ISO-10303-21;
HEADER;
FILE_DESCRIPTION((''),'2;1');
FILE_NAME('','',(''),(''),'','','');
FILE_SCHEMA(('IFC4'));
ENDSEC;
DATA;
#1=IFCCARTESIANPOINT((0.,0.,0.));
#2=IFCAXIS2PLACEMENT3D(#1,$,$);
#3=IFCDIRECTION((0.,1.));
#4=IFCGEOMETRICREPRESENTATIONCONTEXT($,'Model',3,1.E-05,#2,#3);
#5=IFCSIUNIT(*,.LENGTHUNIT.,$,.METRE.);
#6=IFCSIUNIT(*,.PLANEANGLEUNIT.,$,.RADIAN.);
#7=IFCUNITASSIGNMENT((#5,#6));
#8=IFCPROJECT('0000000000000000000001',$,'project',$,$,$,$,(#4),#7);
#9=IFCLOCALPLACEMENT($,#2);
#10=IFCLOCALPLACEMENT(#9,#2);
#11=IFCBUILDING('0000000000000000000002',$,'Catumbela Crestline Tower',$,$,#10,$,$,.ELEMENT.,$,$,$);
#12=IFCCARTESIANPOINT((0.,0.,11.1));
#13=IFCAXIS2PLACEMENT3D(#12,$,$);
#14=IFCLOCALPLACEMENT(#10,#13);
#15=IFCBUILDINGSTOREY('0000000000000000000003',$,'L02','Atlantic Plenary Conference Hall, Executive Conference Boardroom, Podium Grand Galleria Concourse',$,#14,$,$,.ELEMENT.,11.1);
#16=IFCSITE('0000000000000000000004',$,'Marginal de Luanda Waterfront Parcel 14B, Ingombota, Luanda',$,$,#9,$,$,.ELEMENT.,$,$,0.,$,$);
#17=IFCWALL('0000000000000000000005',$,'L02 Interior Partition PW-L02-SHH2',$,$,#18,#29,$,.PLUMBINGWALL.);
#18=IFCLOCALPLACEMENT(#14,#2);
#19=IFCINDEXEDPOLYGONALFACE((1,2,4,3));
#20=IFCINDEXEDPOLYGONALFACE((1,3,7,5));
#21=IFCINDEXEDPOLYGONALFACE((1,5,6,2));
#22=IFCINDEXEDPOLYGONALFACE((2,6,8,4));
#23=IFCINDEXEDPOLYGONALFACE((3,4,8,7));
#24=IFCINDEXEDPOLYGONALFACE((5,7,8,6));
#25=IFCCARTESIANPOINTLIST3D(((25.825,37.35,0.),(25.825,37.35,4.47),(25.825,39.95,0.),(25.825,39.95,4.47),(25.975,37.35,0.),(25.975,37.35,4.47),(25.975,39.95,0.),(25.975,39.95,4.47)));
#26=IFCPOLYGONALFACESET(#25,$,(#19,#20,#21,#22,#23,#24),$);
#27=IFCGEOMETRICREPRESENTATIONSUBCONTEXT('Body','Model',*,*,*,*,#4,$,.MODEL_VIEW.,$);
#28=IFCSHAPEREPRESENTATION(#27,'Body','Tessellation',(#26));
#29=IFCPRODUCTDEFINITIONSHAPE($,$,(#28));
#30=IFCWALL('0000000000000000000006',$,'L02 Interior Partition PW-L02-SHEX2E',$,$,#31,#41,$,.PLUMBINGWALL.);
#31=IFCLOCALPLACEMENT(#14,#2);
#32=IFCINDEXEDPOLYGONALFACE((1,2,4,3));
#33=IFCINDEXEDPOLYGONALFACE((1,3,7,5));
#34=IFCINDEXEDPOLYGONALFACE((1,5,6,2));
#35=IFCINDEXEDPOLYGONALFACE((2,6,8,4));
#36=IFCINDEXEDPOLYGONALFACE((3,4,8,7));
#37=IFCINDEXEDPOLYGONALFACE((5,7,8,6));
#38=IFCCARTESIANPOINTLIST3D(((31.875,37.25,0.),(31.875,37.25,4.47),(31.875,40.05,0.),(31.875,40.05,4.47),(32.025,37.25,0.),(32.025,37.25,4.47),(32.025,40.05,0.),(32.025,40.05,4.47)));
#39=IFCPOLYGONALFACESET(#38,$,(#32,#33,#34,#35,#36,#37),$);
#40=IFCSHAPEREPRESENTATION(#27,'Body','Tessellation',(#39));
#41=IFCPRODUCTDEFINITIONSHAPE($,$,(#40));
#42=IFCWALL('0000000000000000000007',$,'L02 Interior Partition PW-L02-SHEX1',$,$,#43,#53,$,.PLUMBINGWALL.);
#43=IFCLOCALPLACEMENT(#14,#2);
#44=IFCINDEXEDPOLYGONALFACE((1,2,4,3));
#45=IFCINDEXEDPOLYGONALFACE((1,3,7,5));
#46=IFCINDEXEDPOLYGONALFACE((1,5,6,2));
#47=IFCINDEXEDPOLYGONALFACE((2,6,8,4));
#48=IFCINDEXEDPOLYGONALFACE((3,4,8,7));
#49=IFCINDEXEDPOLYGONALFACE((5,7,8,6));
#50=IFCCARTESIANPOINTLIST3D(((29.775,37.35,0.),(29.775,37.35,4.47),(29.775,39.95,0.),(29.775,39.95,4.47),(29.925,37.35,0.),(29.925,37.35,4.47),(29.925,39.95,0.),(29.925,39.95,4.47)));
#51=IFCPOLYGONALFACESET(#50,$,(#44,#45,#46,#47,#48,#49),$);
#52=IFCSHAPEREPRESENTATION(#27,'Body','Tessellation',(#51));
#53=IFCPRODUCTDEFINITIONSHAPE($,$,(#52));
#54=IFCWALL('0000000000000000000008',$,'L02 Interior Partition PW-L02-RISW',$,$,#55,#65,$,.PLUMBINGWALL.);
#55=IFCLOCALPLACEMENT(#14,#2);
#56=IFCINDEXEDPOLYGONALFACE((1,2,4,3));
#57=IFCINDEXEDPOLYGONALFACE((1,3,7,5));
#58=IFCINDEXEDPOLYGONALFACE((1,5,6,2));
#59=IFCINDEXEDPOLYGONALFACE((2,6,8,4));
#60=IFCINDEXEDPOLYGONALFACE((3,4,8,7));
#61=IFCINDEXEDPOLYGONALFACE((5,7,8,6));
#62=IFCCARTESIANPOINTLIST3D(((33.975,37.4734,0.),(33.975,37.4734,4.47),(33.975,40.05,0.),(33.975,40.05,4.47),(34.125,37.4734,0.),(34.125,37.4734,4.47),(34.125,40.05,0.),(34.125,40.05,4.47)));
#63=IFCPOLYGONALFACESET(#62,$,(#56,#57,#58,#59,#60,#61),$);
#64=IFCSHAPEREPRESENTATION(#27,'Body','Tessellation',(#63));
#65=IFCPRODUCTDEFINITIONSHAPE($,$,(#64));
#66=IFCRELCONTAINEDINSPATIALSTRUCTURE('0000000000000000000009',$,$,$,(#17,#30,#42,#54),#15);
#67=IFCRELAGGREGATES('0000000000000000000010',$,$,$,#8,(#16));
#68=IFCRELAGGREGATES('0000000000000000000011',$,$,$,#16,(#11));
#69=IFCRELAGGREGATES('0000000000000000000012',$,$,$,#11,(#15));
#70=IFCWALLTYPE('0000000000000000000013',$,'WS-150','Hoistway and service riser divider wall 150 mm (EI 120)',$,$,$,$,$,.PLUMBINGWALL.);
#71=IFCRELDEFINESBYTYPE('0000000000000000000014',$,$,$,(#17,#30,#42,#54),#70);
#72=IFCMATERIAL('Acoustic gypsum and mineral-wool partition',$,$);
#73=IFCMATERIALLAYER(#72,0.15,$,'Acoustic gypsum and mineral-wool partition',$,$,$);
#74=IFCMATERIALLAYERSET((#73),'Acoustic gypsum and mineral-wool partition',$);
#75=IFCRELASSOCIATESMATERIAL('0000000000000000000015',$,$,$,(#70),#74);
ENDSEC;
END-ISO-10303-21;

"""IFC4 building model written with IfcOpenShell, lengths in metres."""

from ifc_helpers import new_model, si_unit, direction, frame, frame_2d, origin, place, context, subcontext, project, spatial, rectangle, extrude, material, layer, layer_set, type_object, element, save


model = new_model("IFC4")

# Units and contexts
model_context = context("Model", 3, precision=1e-05, world=origin(), true_north=direction((0.0, 1.0)))
body_context = subcontext(model_context, "Body", "Model", "MODEL_VIEW")
ifc_project = project(units=[si_unit("LENGTHUNIT", "METRE"), si_unit("PLANEANGLEUNIT", "RADIAN")], contexts=[model_context])

# Site, building, storey
site_placement = place(None, origin())
site = spatial("IfcSite", under=ifc_project, at=site_placement, Name="Marginal de Luanda Waterfront Parcel 14B, Ingombota, Luanda", CompositionType="ELEMENT", RefElevation=0.0)
building_placement = place(site_placement, origin())
building = spatial("IfcBuilding", under=site, at=building_placement, Name="Catumbela Crestline Tower", CompositionType="ELEMENT")
storey_placement = place(building_placement, frame((0.0, 0.0, 11.1)))
storey = spatial("IfcBuildingStorey", under=building, at=storey_placement, Name="L02", Description="Atlantic Plenary Conference Hall, Executive Conference Boardroom, Podium Grand Galleria Concourse", CompositionType="ELEMENT", Elevation=11.1)

# Walls
ifc_material_1 = material(Name="Acoustic gypsum and mineral-wool partition")
ifc_layer_1 = layer(ifc_material_1, 0.15, Name="Acoustic gypsum and mineral-wool partition")
ifc_layer_set_1 = layer_set([ifc_layer_1], Name="Acoustic gypsum and mineral-wool partition")
wall_type_1 = type_object("IfcWallType", Name="WS-150", Description="Hoistway and service riser divider wall 150 mm (EI 120)", PredefinedType="PLUMBINGWALL", material=ifc_layer_set_1)
for number, where, z_axis, x_axis, name in (
    (1, (25.9, 37.35, 0.0), (0.0, 0.0, 1.0), (0.0, 1.0, 0.0), "L02 Interior Partition PW-L02-SHH2"),
):
    element("IfcWall", number, at=place(storey_placement, frame(where, z_axis=z_axis, x_axis=x_axis)), inside=storey, type_object=wall_type_1, Name=name, PredefinedType="PLUMBINGWALL", context=body_context, shape_type="SweptSolid", body=[
        extrude(rectangle(XDim=2.6, YDim=0.15, at=frame_2d((1.3, 0.0))), origin(), (0.0, 0.0, 1.0), 4.47),
    ])
wall_1_placement = place(storey_placement, frame((31.95, 37.25, 0.0), z_axis=(0.0, 0.0, 1.0), x_axis=(0.0, 1.0, 0.0)))
element("IfcWall", 2, at=wall_1_placement, inside=storey, type_object=wall_type_1, Name="L02 Interior Partition PW-L02-SHEX2E", PredefinedType="PLUMBINGWALL", context=body_context, shape_type="SweptSolid", body=[
    extrude(rectangle(XDim=2.8, YDim=0.15, at=frame_2d((1.4, 0.0))), origin(), (0.0, 0.0, 1.0), 4.47),
])
wall_2_placement = place(storey_placement, frame((29.85, 37.35, 0.0), z_axis=(0.0, 0.0, 1.0), x_axis=(0.0, 1.0, 0.0)))
element("IfcWall", 3, at=wall_2_placement, inside=storey, type_object=wall_type_1, Name="L02 Interior Partition PW-L02-SHEX1", PredefinedType="PLUMBINGWALL", context=body_context, shape_type="SweptSolid", body=[
    extrude(rectangle(XDim=2.6, YDim=0.15, at=frame_2d((1.3, 0.0))), origin(), (0.0, 0.0, 1.0), 4.47),
])
wall_3_placement = place(storey_placement, frame((34.05, 37.4734, 0.0), z_axis=(0.0, 0.0, 1.0), x_axis=(0.0, 1.0, 0.0)))
element("IfcWall", 4, at=wall_3_placement, inside=storey, type_object=wall_type_1, Name="L02 Interior Partition PW-L02-RISW", PredefinedType="PLUMBINGWALL", context=body_context, shape_type="SweptSolid", body=[
    extrude(rectangle(XDim=2.5766, YDim=0.15, at=frame_2d((1.2883, 0.0))), origin(), (0.0, 0.0, 1.0), 4.47),
])

save(model, "model.ifc")
